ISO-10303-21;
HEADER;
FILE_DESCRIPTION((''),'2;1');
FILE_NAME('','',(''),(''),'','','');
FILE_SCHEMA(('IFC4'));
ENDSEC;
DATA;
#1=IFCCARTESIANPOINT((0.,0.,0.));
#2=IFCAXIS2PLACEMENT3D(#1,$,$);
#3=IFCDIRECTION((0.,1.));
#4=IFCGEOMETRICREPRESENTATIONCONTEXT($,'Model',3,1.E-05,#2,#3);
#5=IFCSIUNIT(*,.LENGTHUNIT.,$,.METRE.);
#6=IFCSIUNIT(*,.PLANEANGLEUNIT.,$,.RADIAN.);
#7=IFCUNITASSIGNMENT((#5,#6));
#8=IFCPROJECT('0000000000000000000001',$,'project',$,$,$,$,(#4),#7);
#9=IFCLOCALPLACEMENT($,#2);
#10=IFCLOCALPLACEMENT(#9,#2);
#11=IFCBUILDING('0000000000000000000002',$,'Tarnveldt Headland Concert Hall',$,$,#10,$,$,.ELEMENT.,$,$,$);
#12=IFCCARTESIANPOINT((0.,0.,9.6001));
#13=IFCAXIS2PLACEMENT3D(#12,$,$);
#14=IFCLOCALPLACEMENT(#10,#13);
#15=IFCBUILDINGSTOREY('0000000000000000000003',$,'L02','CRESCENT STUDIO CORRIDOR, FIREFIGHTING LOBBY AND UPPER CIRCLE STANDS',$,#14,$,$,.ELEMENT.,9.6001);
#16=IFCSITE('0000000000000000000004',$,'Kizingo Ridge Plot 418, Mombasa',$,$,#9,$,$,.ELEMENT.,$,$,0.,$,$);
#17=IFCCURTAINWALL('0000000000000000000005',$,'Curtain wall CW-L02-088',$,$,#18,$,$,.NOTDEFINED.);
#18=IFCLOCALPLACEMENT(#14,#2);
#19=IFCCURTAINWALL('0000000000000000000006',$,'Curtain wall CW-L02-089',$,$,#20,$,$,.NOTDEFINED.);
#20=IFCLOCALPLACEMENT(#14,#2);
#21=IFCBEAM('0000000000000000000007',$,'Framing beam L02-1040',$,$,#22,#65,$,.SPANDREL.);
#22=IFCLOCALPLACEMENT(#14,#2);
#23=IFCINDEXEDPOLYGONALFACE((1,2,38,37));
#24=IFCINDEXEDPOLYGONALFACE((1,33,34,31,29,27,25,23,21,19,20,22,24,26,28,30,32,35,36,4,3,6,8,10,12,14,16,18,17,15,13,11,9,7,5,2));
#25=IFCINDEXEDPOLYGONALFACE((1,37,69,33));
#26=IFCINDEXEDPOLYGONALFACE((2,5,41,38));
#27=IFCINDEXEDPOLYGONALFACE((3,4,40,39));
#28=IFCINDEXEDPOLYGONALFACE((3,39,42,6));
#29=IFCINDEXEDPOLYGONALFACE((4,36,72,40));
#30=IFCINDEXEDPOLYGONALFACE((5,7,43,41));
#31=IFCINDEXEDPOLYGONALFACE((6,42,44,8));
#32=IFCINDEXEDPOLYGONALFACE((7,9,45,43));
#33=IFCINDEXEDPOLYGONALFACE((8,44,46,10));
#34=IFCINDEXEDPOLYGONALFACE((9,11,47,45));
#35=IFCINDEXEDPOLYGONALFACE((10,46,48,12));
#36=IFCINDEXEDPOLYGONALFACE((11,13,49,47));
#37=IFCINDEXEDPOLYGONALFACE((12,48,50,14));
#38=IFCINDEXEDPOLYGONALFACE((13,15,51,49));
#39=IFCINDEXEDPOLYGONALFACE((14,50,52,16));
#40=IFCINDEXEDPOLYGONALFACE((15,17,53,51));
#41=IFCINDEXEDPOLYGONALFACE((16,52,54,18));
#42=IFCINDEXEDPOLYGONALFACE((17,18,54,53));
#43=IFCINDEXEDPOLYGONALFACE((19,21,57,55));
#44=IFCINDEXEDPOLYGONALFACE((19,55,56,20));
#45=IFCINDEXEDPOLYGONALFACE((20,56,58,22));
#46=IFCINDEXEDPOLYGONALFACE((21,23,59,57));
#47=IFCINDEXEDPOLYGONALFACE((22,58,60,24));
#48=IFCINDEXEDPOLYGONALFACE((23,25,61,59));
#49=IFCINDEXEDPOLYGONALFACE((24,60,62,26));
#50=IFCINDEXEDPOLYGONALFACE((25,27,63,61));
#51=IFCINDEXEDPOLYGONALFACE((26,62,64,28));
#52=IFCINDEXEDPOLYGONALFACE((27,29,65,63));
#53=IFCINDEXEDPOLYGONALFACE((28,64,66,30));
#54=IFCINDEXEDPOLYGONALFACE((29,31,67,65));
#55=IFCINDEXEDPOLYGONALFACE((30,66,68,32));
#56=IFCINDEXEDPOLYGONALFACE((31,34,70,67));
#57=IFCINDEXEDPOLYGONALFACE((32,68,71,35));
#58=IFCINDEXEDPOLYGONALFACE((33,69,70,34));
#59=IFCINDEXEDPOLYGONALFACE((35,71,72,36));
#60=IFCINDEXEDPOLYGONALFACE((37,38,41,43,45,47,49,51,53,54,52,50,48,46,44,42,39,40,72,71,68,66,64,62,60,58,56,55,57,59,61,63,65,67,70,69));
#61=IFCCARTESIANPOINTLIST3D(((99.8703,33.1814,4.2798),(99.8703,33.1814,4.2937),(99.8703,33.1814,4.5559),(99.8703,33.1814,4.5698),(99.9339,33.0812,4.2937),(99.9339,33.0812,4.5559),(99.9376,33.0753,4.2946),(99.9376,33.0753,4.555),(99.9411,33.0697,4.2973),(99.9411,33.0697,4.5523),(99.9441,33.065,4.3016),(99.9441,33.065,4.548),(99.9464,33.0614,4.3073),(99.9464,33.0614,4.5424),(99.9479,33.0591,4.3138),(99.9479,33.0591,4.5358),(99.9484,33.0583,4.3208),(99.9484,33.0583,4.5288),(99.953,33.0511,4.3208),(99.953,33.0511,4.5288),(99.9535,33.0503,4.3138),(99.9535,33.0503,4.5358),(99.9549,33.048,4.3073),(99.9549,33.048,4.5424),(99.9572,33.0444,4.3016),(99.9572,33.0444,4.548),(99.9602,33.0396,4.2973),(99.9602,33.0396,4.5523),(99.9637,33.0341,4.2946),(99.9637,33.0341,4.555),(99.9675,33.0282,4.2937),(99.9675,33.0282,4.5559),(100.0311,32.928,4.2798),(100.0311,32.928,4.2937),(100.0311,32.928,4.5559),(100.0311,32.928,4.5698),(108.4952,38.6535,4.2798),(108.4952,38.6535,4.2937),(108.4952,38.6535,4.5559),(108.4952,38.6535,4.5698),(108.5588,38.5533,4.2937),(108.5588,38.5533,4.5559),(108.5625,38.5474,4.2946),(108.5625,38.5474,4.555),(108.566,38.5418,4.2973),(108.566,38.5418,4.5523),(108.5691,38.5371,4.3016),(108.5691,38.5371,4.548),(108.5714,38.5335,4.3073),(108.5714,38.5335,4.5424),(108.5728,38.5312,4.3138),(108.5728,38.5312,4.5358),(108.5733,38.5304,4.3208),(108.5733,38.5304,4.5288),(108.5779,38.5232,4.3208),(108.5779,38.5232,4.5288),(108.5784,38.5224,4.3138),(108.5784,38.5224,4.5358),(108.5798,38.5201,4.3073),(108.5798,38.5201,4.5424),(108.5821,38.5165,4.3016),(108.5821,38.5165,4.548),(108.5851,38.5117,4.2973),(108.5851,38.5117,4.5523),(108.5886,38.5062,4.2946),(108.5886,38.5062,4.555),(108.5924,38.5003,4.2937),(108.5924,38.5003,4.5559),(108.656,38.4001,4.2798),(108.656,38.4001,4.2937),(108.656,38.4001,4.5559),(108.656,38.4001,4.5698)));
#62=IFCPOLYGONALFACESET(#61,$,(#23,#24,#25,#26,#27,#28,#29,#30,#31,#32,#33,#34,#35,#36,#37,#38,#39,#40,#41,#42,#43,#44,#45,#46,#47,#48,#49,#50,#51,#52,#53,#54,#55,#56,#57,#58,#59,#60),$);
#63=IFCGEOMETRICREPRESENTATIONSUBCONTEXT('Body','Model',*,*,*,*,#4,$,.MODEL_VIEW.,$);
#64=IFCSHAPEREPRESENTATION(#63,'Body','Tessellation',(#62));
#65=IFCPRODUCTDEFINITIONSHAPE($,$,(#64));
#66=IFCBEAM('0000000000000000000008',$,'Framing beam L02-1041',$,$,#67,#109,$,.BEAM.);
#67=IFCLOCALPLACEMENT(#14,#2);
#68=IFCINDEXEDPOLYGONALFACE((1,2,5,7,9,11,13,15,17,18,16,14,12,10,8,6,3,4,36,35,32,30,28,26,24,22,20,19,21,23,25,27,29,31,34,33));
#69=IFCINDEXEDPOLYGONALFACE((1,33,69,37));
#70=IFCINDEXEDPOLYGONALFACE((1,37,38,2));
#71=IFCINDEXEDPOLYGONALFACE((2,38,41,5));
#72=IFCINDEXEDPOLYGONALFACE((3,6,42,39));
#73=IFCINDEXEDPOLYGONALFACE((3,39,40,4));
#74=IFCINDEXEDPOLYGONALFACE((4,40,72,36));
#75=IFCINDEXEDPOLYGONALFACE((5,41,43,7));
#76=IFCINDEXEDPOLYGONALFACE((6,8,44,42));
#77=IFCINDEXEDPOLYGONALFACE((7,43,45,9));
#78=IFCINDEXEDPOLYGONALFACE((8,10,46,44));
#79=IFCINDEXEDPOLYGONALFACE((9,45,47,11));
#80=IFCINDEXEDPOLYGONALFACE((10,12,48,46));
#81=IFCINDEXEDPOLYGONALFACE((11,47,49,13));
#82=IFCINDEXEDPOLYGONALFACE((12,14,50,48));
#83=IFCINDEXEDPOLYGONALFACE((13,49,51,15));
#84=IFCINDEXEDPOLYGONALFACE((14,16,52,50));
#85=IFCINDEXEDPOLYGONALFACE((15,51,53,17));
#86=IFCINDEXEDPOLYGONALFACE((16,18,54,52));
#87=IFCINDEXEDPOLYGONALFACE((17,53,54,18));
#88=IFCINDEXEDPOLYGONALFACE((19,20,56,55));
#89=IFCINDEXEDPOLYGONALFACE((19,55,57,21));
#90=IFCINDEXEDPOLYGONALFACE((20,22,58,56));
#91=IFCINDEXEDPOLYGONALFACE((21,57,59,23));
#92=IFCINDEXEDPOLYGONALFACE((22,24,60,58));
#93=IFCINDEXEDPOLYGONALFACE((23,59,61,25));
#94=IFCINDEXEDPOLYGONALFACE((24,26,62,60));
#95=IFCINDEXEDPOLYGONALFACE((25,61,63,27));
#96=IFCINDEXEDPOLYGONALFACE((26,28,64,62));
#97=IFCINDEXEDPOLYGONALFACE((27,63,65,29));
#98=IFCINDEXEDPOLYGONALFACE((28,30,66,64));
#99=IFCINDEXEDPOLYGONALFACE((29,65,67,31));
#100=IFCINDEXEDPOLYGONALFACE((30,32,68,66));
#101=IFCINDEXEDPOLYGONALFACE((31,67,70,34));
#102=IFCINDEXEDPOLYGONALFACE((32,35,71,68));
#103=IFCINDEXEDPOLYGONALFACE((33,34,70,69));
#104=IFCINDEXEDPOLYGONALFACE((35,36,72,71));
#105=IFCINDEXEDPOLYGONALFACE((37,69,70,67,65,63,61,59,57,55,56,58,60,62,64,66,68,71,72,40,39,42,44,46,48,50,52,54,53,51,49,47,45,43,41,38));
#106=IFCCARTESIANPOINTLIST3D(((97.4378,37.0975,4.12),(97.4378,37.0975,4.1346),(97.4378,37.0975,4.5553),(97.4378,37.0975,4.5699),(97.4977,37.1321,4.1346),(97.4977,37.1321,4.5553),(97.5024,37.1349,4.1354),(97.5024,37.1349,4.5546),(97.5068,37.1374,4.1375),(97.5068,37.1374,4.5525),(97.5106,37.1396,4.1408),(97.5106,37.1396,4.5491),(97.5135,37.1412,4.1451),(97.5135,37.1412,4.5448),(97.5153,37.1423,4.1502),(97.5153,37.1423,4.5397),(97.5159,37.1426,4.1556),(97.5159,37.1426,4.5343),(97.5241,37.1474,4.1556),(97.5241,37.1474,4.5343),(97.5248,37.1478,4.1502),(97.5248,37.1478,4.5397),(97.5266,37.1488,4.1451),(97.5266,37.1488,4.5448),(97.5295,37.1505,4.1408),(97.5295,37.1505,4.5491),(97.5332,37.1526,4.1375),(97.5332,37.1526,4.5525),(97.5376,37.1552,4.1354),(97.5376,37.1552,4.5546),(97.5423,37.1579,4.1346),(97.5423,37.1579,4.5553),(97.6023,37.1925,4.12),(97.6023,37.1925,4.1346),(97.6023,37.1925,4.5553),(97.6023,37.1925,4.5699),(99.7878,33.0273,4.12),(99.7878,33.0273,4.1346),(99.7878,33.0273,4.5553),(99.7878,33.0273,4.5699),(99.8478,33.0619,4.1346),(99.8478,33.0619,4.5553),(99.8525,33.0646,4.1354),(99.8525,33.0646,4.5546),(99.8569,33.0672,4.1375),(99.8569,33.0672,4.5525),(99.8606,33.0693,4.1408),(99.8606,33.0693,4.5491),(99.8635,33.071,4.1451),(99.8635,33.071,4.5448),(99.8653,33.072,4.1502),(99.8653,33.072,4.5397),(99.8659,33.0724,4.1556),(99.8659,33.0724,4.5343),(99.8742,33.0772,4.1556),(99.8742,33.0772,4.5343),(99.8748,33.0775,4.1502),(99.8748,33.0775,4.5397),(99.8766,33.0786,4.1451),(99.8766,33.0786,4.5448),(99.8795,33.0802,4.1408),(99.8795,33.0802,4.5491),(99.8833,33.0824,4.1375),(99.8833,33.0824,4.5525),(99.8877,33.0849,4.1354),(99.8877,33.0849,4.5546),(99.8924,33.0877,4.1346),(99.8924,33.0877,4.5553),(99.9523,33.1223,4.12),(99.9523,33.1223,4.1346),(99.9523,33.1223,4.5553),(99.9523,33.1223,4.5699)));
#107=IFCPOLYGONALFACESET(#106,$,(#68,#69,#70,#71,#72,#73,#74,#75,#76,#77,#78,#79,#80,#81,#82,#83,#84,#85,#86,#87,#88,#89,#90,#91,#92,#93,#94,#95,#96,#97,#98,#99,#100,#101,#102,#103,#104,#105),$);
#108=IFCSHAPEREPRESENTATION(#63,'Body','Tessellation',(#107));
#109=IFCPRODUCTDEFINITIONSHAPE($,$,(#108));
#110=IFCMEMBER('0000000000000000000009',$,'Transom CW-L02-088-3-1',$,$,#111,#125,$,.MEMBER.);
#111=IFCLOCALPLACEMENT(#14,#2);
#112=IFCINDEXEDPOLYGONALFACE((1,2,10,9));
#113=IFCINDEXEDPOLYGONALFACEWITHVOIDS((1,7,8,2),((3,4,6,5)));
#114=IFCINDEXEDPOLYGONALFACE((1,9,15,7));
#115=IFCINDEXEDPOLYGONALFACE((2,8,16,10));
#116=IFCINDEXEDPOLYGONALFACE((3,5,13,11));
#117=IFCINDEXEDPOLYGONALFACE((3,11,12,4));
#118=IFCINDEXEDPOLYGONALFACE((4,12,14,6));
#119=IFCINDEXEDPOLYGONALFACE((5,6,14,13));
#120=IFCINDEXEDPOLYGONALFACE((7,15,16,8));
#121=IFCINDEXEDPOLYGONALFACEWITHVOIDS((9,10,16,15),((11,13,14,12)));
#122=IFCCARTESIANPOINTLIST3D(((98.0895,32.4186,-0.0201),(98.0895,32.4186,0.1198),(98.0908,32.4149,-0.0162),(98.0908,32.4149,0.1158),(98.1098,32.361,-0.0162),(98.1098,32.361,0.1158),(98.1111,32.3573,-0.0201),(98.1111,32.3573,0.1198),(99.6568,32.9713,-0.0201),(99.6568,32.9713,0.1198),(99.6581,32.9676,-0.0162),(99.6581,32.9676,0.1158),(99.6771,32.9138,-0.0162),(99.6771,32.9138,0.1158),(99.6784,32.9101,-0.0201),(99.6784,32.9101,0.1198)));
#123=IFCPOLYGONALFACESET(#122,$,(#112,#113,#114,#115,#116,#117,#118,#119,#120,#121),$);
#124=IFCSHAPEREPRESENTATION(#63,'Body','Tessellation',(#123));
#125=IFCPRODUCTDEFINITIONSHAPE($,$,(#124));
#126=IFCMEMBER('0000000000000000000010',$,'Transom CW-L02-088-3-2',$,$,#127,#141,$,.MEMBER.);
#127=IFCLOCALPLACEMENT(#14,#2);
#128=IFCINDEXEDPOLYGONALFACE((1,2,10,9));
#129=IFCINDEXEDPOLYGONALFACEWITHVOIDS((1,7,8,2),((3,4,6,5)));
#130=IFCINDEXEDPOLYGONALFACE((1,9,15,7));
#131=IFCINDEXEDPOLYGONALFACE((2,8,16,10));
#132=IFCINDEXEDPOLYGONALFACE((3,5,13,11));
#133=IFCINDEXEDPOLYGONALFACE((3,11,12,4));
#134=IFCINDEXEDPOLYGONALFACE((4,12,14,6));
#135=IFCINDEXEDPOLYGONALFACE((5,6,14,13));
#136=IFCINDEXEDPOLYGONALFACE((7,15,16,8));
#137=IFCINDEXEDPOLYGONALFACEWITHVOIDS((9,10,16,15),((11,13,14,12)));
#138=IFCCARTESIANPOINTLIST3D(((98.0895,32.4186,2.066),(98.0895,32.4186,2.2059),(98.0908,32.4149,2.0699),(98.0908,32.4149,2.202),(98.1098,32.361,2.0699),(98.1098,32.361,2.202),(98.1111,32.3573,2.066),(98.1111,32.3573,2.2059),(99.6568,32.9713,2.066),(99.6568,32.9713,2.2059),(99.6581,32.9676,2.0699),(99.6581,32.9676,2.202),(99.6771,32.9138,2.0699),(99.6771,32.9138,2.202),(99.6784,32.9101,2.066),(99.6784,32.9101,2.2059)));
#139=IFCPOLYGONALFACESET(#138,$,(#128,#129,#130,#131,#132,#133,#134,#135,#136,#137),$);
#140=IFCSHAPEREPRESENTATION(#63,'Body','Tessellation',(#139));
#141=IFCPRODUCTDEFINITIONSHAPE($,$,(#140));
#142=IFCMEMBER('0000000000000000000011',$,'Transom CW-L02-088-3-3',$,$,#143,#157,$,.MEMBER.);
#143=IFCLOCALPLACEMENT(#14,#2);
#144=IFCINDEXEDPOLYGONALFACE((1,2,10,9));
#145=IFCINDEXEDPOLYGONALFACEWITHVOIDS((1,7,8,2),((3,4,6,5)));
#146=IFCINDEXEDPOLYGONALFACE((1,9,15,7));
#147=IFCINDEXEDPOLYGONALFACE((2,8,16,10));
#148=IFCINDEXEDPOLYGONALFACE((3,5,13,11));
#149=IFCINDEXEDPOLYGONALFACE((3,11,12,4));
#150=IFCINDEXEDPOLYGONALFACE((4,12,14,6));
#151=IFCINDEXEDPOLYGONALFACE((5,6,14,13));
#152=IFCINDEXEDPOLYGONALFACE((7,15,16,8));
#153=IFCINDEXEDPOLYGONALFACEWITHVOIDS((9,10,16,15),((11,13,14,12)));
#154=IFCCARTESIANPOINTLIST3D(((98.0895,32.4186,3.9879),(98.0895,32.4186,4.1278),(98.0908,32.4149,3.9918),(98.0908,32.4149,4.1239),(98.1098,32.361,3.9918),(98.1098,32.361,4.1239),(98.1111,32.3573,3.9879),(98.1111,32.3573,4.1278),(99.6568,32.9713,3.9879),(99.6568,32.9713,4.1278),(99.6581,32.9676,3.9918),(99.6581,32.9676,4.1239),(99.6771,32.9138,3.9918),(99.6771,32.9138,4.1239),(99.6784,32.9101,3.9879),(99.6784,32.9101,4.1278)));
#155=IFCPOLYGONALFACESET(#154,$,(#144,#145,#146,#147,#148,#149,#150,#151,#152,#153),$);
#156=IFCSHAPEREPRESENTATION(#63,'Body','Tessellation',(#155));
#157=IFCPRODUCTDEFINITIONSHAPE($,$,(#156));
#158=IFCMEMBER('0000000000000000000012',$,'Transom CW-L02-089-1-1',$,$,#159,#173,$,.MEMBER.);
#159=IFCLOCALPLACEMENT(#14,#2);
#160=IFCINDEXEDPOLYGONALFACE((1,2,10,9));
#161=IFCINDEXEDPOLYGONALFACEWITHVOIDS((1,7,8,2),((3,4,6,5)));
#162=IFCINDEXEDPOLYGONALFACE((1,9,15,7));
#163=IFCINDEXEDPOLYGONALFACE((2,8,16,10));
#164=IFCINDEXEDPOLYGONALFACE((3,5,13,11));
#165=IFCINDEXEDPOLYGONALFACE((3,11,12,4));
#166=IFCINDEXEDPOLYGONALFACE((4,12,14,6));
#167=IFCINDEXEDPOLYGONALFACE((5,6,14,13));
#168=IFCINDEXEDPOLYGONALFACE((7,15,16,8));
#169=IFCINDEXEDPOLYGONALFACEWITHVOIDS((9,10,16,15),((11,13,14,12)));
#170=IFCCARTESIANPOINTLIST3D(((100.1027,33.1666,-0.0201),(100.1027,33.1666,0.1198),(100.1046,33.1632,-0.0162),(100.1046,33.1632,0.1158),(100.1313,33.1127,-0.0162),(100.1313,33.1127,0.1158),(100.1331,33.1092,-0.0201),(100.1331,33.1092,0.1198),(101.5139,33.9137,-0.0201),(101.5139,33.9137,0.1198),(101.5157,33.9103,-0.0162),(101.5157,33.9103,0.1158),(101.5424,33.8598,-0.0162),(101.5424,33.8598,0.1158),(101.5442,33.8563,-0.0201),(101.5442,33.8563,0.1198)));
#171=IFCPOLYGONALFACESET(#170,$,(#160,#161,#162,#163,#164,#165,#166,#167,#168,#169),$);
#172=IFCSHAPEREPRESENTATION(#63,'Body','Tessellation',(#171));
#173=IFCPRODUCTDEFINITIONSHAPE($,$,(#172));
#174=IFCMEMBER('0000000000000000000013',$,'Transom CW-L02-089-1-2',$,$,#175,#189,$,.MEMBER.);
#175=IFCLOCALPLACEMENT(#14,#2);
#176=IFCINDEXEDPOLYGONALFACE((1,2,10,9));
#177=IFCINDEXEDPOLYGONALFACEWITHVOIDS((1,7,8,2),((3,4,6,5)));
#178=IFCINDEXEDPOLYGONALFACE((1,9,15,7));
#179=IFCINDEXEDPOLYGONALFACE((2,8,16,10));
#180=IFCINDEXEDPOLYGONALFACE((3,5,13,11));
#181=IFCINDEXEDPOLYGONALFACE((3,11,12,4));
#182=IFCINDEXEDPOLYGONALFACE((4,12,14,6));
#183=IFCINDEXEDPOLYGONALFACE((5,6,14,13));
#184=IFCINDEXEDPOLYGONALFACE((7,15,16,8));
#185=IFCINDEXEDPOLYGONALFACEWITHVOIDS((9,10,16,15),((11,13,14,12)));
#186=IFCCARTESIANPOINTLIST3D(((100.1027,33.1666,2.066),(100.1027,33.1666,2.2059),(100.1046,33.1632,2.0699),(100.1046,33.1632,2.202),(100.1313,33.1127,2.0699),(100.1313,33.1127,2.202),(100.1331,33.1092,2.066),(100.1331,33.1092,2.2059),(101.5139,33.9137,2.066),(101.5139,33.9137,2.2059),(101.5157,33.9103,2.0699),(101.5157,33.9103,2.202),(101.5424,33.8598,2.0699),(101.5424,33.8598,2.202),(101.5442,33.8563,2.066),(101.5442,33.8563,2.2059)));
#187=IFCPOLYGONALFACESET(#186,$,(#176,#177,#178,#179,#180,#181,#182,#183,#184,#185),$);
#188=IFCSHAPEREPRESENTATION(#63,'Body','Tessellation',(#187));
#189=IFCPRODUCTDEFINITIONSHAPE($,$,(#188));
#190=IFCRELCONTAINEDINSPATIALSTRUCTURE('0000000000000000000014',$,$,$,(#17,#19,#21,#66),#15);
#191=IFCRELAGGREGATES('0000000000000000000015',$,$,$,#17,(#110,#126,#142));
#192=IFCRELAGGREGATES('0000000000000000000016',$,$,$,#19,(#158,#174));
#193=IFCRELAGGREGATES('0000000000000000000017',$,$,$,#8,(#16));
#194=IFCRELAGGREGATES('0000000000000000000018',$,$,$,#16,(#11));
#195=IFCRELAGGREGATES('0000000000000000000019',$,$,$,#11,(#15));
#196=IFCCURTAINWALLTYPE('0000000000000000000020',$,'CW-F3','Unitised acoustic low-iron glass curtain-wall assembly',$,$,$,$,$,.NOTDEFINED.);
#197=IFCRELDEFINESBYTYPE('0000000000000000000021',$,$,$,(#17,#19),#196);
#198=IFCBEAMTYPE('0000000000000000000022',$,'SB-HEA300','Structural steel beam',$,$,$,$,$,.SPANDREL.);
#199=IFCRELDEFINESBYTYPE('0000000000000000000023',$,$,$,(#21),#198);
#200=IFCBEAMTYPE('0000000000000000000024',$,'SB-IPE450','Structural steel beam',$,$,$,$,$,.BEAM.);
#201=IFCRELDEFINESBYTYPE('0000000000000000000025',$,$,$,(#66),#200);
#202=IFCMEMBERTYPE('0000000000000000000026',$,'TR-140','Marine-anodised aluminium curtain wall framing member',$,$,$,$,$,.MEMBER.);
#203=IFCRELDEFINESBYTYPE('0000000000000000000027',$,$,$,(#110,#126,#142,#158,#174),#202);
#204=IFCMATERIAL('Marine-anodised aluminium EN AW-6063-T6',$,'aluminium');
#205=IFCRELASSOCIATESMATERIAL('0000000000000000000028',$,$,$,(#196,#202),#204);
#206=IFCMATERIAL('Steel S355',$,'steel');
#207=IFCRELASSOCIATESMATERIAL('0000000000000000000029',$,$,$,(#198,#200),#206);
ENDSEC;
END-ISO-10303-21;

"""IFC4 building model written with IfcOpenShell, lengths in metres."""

from ifc_helpers import new_model, si_unit, direction, frame, origin, origin_2d, place, context, subcontext, project, spatial, hollow_rectangle, i_section, extrude, material, material_profile, profile_set, type_object, element, aggregate, save


model = new_model("IFC4")

# Units and contexts
model_context = context("Model", 3, precision=1e-05, world=origin(), true_north=direction((0.0, 1.0)))
body_context = subcontext(model_context, "Body", "Model", "MODEL_VIEW")
ifc_project = project(units=[si_unit("LENGTHUNIT", "METRE"), si_unit("PLANEANGLEUNIT", "RADIAN")], contexts=[model_context])

# Site, building, storey
site_placement = place(None, origin())
site = spatial("IfcSite", under=ifc_project, at=site_placement, Name="Kizingo Ridge Plot 418, Mombasa", CompositionType="ELEMENT", RefElevation=0.0)
building_placement = place(site_placement, origin())
building = spatial("IfcBuilding", under=site, at=building_placement, Name="Tarnveldt Headland Concert Hall", CompositionType="ELEMENT")
storey_placement = place(building_placement, frame((0.0, 0.0, 9.6001)))
storey = spatial("IfcBuildingStorey", under=building, at=storey_placement, Name="L02", Description="CRESCENT STUDIO CORRIDOR, FIREFIGHTING LOBBY AND UPPER CIRCLE STANDS", CompositionType="ELEMENT", Elevation=9.6001)

# Shared definitions
ifc_material_1 = material(Name="Steel S355", Category="steel")

# Curtain walls
ifc_material_2 = material(Name="Marine-anodised aluminium EN AW-6063-T6", Category="aluminium")
curtain_wall_type = type_object("IfcCurtainWallType", Name="CW-F3", Description="Unitised acoustic low-iron glass curtain-wall assembly", PredefinedType="NOTDEFINED", material=ifc_material_2)
curtain_wall_1_placement = place(storey_placement, origin())
curtain_wall_1 = element("IfcCurtainWall", 1, at=curtain_wall_1_placement, inside=storey, type_object=curtain_wall_type, Name="Curtain wall CW-L02-088", PredefinedType="NOTDEFINED")
curtain_wall_2_placement = place(storey_placement, origin())
curtain_wall_2 = element("IfcCurtainWall", 2, at=curtain_wall_2_placement, inside=storey, type_object=curtain_wall_type, Name="Curtain wall CW-L02-089", PredefinedType="NOTDEFINED")

# Beams
ifc_material_profile_1 = material_profile(ifc_material_1, i_section(OverallWidth=0.3, OverallDepth=0.29, WebThickness=0.0085, FlangeThickness=0.0139, FilletRadius=0.0271, at=origin_2d()), Name="HEA300", Category="steel")
ifc_profile_set_1 = profile_set([ifc_material_profile_1], Name="Steel S355")
beam_type_1 = type_object("IfcBeamType", Name="SB-HEA300", Description="Structural steel beam", PredefinedType="SPANDREL", material=ifc_profile_set_1)
beam_1_placement = place(storey_placement, frame((99.9507, 33.0547, 4.4248), z_axis=(0.844391, 0.535727, 0.0), x_axis=(-0.535727, 0.844391, 0.0)))
element("IfcBeam", 3, at=beam_1_placement, inside=storey, type_object=beam_type_1, Name="Framing beam L02-1040", PredefinedType="SPANDREL", context=body_context, shape_type="SweptSolid", body=[
    extrude(i_section(OverallWidth=0.3, OverallDepth=0.29, WebThickness=0.0085, FlangeThickness=0.0139, FilletRadius=0.0271, at=origin_2d()), origin(), (0.0, 0.0, 1.0), 10.2144),
])
ifc_material_profile_2 = material_profile(ifc_material_1, i_section(OverallWidth=0.1899, OverallDepth=0.45, WebThickness=0.0095, FlangeThickness=0.0146, FilletRadius=0.021, at=origin_2d()), Name="IPE450", Category="steel")
ifc_profile_set_2 = profile_set([ifc_material_profile_2], Name="Steel S355")
beam_type_2 = type_object("IfcBeamType", Name="SB-IPE450", Description="Structural steel beam", PredefinedType="BEAM", material=ifc_profile_set_2)
beam_2_placement = place(storey_placement, frame((97.52, 37.145, 4.345), z_axis=(0.500016, -0.866016, 0.0), x_axis=(0.866016, 0.500016, 0.0)))
element("IfcBeam", 4, at=beam_2_placement, inside=storey, type_object=beam_type_2, Name="Framing beam L02-1041", PredefinedType="BEAM", context=body_context, shape_type="SweptSolid", body=[
    extrude(i_section(OverallWidth=0.1899, OverallDepth=0.45, WebThickness=0.0095, FlangeThickness=0.0146, FilletRadius=0.021, at=origin_2d()), origin(), (0.0, 0.0, 1.0), 4.7),
])

# Members
ifc_material_profile_3 = material_profile(ifc_material_2, hollow_rectangle(XDim=0.0649, YDim=0.1399, WallThickness=0.0039, at=origin_2d()), Name="ALU TRANSOM 65x140x4", Category="aluminium")
ifc_profile_set_3 = profile_set([ifc_material_profile_3], Name="Marine-anodised aluminium EN AW-6063-T6")
member_type_1 = type_object("IfcMemberType", Name="TR-140", Description="Marine-anodised aluminium curtain wall framing member", PredefinedType="MEMBER", material=ifc_profile_set_3)
member_1_placement = place(storey_placement, frame((98.1003, 32.3879, 0.0498), z_axis=(0.943061, 0.33262, 0.0), x_axis=(-0.33262, 0.943061, 0.0)))
member_1 = element("IfcMember", 5, at=member_1_placement, type_object=member_type_1, Name="Transom CW-L02-088-3-1", PredefinedType="MEMBER", context=body_context, shape_type="SweptSolid", body=[
    extrude(hollow_rectangle(XDim=0.0649, YDim=0.1399, WallThickness=0.0039, at=origin_2d()), origin(), (0.0, 0.0, 1.0), 1.6619),
])
member_2_placement = place(storey_placement, frame((98.1003, 32.3879, 2.136), z_axis=(0.943061, 0.33262, 0.0), x_axis=(-0.33262, 0.943061, 0.0)))
member_2 = element("IfcMember", 6, at=member_2_placement, type_object=member_type_1, Name="Transom CW-L02-088-3-2", PredefinedType="MEMBER", context=body_context, shape_type="SweptSolid", body=[
    extrude(hollow_rectangle(XDim=0.0649, YDim=0.1399, WallThickness=0.0039, at=origin_2d()), origin(), (0.0, 0.0, 1.0), 1.6619),
])
member_3_placement = place(storey_placement, frame((98.1003, 32.3879, 4.0579), z_axis=(0.943061, 0.33262, 0.0), x_axis=(-0.33262, 0.943061, 0.0)))
member_3 = element("IfcMember", 7, at=member_3_placement, type_object=member_type_1, Name="Transom CW-L02-088-3-3", PredefinedType="MEMBER", context=body_context, shape_type="SweptSolid", body=[
    extrude(hollow_rectangle(XDim=0.0649, YDim=0.1399, WallThickness=0.0039, at=origin_2d()), origin(), (0.0, 0.0, 1.0), 1.6619),
])
member_4_placement = place(storey_placement, frame((100.1179, 33.1379, 0.0498), z_axis=(0.883788, 0.467888, 0.0), x_axis=(-0.467888, 0.883788, 0.0)))
member_4 = element("IfcMember", 8, at=member_4_placement, type_object=member_type_1, Name="Transom CW-L02-089-1-1", PredefinedType="MEMBER", context=body_context, shape_type="SweptSolid", body=[
    extrude(hollow_rectangle(XDim=0.0649, YDim=0.1399, WallThickness=0.0039, at=origin_2d()), origin(), (0.0, 0.0, 1.0), 1.5967),
])
member_5_placement = place(storey_placement, frame((100.1179, 33.1379, 2.136), z_axis=(0.883788, 0.467888, 0.0), x_axis=(-0.467888, 0.883788, 0.0)))
member_5 = element("IfcMember", 9, at=member_5_placement, type_object=member_type_1, Name="Transom CW-L02-089-1-2", PredefinedType="MEMBER", context=body_context, shape_type="SweptSolid", body=[
    extrude(hollow_rectangle(XDim=0.0649, YDim=0.1399, WallThickness=0.0039, at=origin_2d()), origin(), (0.0, 0.0, 1.0), 1.5967),
])

aggregate(curtain_wall_1, [member_1, member_2, member_3])
aggregate(curtain_wall_2, [member_4, member_5])

save(model, "model.ifc")
